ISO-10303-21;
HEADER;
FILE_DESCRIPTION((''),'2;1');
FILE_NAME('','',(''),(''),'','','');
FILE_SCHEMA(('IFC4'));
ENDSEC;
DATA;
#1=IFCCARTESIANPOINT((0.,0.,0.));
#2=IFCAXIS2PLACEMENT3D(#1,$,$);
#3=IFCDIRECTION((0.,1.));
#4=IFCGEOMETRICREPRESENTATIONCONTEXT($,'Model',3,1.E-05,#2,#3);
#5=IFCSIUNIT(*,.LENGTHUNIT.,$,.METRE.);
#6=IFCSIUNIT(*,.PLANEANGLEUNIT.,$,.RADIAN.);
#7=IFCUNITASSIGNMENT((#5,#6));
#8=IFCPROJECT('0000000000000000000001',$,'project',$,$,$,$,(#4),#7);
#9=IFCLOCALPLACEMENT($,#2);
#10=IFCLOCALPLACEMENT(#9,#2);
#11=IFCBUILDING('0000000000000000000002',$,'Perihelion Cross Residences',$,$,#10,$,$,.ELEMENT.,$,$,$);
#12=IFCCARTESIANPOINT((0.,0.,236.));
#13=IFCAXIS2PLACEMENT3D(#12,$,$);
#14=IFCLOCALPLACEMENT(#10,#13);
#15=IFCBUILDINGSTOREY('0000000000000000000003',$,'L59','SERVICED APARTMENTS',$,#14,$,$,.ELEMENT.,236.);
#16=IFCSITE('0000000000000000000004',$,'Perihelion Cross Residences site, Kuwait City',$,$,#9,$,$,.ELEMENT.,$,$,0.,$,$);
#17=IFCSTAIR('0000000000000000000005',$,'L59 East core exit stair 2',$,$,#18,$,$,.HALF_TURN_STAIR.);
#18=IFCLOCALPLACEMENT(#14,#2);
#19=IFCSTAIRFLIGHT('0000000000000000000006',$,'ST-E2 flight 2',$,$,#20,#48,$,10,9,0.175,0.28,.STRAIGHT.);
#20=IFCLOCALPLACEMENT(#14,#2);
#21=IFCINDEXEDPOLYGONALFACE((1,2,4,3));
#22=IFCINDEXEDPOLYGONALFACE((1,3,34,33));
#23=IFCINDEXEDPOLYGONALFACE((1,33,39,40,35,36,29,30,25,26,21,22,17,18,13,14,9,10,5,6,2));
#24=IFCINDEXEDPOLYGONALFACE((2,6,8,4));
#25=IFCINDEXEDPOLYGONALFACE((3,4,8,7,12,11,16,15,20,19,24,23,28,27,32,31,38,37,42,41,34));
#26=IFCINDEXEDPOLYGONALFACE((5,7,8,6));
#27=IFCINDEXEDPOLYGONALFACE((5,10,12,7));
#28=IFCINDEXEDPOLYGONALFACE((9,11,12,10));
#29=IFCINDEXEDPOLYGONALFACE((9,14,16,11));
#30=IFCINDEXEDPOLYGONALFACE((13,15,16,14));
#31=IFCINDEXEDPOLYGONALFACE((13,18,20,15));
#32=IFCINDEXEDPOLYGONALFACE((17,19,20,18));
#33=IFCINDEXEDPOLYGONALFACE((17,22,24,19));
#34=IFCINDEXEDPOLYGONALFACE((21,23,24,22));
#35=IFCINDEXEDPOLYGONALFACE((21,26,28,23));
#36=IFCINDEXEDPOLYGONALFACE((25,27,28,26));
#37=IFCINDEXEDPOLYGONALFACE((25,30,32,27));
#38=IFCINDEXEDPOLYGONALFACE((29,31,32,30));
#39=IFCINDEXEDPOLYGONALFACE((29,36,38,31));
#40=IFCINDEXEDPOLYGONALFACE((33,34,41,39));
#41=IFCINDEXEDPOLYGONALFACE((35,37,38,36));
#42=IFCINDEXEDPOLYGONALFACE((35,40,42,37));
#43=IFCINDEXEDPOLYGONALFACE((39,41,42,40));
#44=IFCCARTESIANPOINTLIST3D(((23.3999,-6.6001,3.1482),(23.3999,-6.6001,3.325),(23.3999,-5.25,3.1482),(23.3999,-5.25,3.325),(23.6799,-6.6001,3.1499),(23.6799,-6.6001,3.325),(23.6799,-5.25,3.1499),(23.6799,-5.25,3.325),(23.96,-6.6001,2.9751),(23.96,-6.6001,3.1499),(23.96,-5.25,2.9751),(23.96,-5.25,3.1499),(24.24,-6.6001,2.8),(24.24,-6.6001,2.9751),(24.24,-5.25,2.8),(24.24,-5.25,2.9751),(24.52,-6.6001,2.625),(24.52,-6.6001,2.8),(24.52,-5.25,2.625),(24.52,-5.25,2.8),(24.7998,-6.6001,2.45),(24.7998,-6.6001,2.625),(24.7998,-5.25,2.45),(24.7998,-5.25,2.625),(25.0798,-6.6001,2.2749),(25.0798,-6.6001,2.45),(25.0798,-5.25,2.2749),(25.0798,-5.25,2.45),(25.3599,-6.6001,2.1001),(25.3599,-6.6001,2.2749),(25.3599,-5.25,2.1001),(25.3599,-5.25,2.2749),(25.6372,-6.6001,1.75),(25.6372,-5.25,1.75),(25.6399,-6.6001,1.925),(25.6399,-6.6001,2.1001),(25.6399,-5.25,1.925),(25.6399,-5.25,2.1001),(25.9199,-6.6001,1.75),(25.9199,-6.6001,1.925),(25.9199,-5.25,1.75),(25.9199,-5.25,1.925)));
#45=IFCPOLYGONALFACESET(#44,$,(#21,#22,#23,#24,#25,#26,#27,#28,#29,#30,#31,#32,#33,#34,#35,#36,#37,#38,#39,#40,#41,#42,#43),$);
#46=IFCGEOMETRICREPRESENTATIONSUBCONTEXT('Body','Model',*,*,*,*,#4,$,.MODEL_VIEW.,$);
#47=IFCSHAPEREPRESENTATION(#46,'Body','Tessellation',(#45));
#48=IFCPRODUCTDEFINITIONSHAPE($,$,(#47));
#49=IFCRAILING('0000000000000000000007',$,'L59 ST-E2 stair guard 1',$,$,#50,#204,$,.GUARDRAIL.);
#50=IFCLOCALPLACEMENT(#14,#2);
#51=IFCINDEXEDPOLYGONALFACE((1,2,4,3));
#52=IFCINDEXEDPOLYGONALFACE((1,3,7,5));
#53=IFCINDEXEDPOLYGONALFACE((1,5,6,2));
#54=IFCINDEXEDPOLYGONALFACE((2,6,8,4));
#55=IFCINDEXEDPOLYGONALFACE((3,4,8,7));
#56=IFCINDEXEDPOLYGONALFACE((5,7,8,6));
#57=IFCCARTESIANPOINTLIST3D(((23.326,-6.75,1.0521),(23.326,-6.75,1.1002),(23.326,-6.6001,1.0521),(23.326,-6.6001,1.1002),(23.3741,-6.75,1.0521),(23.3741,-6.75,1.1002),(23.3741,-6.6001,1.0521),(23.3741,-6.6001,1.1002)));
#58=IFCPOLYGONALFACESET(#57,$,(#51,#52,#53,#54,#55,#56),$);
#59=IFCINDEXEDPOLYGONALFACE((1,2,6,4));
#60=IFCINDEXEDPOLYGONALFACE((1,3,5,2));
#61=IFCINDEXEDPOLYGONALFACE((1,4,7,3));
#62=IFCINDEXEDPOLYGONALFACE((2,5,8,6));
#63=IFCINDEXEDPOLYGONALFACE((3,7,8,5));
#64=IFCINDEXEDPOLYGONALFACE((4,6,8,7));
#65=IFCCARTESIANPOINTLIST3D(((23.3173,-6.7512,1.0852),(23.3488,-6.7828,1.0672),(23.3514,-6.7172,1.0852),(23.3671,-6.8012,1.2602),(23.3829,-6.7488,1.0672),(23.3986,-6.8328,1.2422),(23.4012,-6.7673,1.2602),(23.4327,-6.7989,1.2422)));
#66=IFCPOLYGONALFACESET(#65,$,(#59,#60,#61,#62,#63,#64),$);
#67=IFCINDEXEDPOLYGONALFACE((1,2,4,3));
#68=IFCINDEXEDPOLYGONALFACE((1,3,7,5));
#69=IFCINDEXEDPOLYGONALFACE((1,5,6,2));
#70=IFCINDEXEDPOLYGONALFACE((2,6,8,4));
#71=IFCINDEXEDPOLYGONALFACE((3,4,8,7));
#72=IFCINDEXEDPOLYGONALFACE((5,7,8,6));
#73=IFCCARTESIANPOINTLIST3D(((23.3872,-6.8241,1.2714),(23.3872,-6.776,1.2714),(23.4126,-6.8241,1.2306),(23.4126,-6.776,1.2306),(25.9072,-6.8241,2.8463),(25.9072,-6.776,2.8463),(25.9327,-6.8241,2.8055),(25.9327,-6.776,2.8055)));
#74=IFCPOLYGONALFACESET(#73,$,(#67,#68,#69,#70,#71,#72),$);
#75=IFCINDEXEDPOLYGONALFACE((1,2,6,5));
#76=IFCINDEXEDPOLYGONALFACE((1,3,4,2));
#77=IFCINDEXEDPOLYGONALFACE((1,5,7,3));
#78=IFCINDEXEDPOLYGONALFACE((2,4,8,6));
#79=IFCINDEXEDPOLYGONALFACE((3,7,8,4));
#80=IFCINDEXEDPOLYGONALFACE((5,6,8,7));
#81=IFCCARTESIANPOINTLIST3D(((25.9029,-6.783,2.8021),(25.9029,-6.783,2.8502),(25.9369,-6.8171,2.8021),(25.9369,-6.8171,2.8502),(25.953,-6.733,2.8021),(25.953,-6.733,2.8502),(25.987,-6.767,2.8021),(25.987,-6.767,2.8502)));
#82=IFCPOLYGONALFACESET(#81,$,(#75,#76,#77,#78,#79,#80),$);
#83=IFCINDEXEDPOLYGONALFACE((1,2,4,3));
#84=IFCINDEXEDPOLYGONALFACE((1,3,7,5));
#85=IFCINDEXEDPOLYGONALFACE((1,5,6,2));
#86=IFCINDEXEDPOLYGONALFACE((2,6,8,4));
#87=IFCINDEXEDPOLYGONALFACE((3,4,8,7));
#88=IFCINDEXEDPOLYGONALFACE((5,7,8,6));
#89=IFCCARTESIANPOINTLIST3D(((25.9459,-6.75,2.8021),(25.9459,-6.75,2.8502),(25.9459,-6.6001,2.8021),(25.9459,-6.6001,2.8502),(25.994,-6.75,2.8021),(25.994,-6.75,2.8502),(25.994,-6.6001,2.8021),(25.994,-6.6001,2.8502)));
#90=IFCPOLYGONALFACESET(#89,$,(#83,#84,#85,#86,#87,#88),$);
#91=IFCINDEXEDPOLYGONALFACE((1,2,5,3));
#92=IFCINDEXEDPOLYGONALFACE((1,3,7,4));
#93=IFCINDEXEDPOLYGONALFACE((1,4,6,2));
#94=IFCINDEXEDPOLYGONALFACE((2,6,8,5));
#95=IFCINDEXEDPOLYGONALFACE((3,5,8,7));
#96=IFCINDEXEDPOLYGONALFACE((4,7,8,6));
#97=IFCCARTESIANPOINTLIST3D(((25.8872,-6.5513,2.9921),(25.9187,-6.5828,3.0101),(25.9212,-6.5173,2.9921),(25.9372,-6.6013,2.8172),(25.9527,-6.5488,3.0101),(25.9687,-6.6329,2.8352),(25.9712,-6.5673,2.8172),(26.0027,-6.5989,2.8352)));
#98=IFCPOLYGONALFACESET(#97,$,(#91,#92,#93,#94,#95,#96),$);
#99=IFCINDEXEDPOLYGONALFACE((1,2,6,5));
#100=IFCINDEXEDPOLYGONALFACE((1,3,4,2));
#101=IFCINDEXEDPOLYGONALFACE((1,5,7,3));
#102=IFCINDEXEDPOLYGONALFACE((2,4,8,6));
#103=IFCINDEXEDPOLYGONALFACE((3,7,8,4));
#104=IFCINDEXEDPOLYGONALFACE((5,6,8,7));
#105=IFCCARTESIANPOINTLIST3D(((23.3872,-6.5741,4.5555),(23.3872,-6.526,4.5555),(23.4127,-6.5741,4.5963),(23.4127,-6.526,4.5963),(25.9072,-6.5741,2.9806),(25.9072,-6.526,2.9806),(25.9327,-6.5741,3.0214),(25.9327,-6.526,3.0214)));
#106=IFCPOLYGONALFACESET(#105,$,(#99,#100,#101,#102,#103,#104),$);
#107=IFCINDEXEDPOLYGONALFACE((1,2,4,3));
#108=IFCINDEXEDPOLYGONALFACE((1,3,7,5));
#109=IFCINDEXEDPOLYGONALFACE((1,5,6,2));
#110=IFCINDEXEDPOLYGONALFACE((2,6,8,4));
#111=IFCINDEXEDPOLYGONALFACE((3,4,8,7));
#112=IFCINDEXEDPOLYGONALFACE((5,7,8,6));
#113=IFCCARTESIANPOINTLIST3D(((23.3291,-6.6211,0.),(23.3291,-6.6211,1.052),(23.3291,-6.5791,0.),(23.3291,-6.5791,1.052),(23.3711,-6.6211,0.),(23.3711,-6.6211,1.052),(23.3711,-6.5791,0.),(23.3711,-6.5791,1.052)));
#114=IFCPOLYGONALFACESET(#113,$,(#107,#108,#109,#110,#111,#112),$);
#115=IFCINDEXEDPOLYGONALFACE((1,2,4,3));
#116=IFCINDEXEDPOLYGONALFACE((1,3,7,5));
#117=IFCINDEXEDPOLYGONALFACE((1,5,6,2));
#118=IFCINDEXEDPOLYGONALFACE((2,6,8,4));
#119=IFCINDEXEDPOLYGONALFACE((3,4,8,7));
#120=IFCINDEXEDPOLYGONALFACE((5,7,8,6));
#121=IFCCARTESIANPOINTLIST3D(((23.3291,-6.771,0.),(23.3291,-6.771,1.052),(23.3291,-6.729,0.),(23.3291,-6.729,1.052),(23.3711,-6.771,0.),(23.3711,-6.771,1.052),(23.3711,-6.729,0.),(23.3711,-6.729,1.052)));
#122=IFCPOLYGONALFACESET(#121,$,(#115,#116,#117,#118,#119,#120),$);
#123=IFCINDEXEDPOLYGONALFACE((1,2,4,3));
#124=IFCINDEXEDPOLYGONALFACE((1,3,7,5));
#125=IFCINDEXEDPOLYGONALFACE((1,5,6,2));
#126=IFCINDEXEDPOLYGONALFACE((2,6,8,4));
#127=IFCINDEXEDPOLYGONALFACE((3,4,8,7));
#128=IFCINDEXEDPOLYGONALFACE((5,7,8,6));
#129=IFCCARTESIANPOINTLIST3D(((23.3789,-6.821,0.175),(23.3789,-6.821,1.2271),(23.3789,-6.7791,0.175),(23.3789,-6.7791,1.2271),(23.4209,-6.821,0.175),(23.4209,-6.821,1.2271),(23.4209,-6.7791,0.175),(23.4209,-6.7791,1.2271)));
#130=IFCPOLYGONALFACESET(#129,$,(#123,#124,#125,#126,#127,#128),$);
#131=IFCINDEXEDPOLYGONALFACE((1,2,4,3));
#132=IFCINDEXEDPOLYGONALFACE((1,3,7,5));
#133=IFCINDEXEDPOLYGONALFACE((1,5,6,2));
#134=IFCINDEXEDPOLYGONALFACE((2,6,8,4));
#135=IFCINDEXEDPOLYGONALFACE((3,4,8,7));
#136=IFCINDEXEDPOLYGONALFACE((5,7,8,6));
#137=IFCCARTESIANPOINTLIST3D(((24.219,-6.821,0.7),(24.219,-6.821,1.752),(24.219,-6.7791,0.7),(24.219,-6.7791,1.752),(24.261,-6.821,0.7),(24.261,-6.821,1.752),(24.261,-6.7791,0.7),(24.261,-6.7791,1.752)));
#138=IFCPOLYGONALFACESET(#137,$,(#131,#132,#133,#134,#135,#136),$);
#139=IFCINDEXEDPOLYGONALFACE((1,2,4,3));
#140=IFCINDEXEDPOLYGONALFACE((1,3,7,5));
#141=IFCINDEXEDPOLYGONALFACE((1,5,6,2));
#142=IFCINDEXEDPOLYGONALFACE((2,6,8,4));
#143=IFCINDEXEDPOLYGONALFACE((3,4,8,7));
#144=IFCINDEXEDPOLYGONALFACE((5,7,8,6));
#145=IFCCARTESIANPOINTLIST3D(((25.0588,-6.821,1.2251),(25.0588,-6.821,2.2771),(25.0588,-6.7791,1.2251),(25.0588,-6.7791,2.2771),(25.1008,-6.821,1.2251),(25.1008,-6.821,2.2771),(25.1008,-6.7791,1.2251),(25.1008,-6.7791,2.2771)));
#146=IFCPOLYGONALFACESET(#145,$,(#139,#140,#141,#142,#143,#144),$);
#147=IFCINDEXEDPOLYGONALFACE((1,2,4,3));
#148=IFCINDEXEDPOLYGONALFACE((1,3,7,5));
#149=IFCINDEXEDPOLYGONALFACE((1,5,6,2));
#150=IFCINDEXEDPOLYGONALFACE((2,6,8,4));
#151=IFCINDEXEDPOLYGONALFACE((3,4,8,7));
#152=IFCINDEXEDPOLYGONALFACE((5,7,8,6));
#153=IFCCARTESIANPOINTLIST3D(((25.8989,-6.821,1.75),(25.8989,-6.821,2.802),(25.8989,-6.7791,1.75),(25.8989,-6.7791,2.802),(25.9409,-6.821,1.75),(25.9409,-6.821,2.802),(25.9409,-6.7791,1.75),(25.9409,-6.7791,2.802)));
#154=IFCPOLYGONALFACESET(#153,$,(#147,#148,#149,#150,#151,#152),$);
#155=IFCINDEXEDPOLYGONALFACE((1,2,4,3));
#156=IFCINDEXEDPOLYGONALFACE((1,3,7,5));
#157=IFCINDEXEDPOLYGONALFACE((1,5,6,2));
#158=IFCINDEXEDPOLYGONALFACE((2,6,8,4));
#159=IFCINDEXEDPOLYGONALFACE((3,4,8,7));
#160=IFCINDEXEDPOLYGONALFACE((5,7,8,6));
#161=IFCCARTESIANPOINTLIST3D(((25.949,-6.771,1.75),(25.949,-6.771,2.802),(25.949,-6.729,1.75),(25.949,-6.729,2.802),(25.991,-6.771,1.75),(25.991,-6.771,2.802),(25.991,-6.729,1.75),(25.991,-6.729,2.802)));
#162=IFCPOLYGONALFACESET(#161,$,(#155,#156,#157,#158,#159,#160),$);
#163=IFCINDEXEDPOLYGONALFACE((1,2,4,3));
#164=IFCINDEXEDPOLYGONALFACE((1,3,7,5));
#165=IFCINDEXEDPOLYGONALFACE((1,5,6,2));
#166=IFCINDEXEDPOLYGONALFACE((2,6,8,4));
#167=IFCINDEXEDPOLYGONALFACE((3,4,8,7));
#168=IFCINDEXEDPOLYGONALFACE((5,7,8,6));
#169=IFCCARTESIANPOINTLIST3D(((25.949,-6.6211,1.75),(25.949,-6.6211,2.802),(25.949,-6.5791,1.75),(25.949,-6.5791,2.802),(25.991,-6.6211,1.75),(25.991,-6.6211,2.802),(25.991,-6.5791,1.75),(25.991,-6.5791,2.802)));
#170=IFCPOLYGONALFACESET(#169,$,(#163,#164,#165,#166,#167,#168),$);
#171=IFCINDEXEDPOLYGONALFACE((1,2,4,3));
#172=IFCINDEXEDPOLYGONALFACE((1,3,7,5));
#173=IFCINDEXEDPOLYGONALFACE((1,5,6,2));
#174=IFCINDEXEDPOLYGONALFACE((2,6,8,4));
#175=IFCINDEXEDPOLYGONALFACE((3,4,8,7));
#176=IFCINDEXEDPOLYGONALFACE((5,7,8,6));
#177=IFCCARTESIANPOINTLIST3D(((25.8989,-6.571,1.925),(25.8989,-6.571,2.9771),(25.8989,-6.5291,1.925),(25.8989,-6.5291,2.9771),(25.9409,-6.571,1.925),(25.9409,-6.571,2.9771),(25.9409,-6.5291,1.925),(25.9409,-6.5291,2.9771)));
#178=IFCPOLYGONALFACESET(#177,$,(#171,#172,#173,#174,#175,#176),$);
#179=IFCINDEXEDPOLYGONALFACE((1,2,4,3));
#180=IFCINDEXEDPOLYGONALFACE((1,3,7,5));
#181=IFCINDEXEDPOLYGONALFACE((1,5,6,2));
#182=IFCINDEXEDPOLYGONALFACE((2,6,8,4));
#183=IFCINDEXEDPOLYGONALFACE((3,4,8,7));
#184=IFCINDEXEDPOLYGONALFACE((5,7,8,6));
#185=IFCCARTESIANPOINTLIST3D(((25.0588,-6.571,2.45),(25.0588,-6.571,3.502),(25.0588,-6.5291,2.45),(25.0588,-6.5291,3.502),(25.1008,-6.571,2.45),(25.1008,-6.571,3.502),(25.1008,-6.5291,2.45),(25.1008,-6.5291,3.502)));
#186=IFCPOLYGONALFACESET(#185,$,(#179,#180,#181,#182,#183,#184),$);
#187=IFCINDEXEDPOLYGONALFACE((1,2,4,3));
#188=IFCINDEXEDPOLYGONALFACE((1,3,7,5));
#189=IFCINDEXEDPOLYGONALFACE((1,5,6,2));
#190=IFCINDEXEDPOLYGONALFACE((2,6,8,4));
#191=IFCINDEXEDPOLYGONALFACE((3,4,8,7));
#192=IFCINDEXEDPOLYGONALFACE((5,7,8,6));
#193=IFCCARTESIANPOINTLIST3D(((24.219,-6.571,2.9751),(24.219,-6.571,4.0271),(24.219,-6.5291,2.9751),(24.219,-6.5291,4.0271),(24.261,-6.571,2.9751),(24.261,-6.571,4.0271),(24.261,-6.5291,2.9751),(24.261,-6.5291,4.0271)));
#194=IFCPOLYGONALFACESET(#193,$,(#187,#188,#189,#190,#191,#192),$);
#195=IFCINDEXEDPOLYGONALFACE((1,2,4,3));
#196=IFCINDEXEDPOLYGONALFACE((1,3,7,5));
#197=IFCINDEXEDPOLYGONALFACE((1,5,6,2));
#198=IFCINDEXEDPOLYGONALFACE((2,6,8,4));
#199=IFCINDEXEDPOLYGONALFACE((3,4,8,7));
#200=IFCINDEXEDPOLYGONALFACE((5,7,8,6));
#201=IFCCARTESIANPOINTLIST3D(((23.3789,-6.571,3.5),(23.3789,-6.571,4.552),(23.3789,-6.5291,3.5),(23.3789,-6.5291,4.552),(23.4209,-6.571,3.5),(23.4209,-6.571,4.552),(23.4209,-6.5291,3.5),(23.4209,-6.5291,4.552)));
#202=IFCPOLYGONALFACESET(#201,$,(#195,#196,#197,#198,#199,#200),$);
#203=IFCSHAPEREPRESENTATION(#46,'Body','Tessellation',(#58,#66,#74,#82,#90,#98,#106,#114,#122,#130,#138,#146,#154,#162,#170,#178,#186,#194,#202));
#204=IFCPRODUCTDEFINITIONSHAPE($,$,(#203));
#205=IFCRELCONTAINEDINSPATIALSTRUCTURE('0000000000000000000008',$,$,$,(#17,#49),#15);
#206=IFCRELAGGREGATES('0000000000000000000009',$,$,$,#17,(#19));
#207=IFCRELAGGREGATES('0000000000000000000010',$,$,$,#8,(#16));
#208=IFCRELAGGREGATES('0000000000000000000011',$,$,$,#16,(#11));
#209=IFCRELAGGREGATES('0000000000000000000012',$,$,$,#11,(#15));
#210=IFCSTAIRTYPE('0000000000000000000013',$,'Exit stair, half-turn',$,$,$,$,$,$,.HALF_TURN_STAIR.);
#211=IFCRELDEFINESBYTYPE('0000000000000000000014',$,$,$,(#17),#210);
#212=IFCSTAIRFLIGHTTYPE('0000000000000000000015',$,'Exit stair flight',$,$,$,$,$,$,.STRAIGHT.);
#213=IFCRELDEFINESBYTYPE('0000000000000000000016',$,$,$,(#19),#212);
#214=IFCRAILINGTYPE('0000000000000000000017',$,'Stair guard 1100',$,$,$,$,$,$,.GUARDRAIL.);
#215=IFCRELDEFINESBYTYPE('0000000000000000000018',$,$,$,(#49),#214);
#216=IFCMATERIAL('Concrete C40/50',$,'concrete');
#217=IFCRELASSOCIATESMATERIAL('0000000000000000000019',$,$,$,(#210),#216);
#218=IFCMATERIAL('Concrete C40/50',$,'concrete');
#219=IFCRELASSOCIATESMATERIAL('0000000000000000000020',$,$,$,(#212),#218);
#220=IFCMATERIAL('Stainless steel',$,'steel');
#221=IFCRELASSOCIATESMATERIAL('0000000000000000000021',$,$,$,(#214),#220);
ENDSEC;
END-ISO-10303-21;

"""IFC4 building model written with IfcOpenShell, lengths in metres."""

from ifc_helpers import new_model, si_unit, direction, frame, origin, origin_2d, place, context, subcontext, project, spatial, polyline, rectangle, outline, extrude, material, type_object, element, aggregate, save


model = new_model("IFC4")

# Units and contexts
model_context = context("Model", 3, precision=1e-05, world=origin(), true_north=direction((0.0, 1.0)))
body_context = subcontext(model_context, "Body", "Model", "MODEL_VIEW")
ifc_project = project(units=[si_unit("LENGTHUNIT", "METRE"), si_unit("PLANEANGLEUNIT", "RADIAN")], contexts=[model_context])

# Site, building, storey
site_placement = place(None, origin())
site = spatial("IfcSite", under=ifc_project, at=site_placement, Name="Perihelion Cross Residences site, Kuwait City", CompositionType="ELEMENT", RefElevation=0.0)
building_placement = place(site_placement, origin())
building = spatial("IfcBuilding", under=site, at=building_placement, Name="Perihelion Cross Residences", CompositionType="ELEMENT")
storey_placement = place(building_placement, frame((0.0, 0.0, 236.0)))
storey = spatial("IfcBuildingStorey", under=building, at=storey_placement, Name="L59", Description="SERVICED APARTMENTS", CompositionType="ELEMENT", Elevation=236.0)

# Stair, stair flight
ifc_material_1 = material(Name="Concrete C40/50", Category="concrete")
stair_type = type_object("IfcStairType", Name="Exit stair, half-turn", PredefinedType="HALF_TURN_STAIR", material=ifc_material_1)
stair_placement = place(storey_placement, origin())
stair = element("IfcStair", 1, at=stair_placement, inside=storey, type_object=stair_type, Name="L59 East core exit stair 2", PredefinedType="HALF_TURN_STAIR")
ifc_material_2 = material(Name="Concrete C40/50", Category="concrete")
stair_flight_type = type_object("IfcStairFlightType", Name="Exit stair flight", PredefinedType="STRAIGHT", material=ifc_material_2)
stair_flight_1_placement = place(storey_placement, frame((25.9199, -5.925, 1.75), z_axis=(0.0, 0.0, 1.0), x_axis=(-1.0, 0.0, 0.0)))
stair_flight_1 = element("IfcStairFlight", 2, at=stair_flight_1_placement, type_object=stair_flight_type, Name="ST-E2 flight 2", NumberOfRisers=10, NumberOfTreads=9, PredefinedType="STRAIGHT", RiserHeight=0.175, TreadLength=0.28, context=body_context, shape_type="SweptSolid", body=[
    extrude(outline(polyline([(0.0, 0.0), (0.0, 0.175), (0.28, 0.175), (0.28, 0.3501), (0.5601, 0.3501), (0.5601, 0.5249), (0.8401, 0.5249), (0.8401, 0.7), (1.1201, 0.7), (1.1201, 0.875), (1.3999, 0.875), (1.3999, 1.05), (1.6799, 1.05), (1.6799, 1.2251), (1.96, 1.2251), (1.96, 1.3999), (2.24, 1.3999), (2.24, 1.575), (2.52, 1.575), (2.52, 1.75), (2.52, 1.3982), (0.2827, 0.0), (0.0, 0.0)])), frame((0.0, 0.675, 0.0), z_axis=(0.0, -1.0, 0.0), x_axis=(1.0, 0.0, 0.0)), (0.0, 0.0, 1.0), 1.3501),
])
aggregate(stair, [stair_flight_1])

# Railing
ifc_material_3 = material(Name="Stainless steel", Category="steel")
railing_type_1 = type_object("IfcRailingType", Name="Stair guard 1100", PredefinedType="GUARDRAIL", material=ifc_material_3)
railing_1_placement = place(storey_placement, frame((23.3501, -6.6001, 0.0)))
element("IfcRailing", 3, at=railing_1_placement, inside=storey, type_object=railing_type_1, Name="L59 ST-E2 stair guard 1", PredefinedType="GUARDRAIL", context=body_context, shape_type="SweptSolid", body=[
    extrude(rectangle(XDim=0.0481, YDim=0.0481, at=origin_2d()), frame((0.0, 0.0, 1.0762), z_axis=(0.0, -1.0, 0.0), x_axis=(1.0, 0.0, 0.0)), (0.0, 0.0, 1.0), 0.1499),
    extrude(rectangle(XDim=0.0481, YDim=0.0481, at=origin_2d()), frame((0.0, -0.1499, 1.0762), z_axis=(0.263862, -0.265156, 0.927399), x_axis=(0.708834, 0.705376, 0.0)), (0.0, 0.0, 1.0), 0.1887),
    extrude(rectangle(XDim=0.0481, YDim=0.0481, at=origin_2d()), frame((0.0498, -0.2, 1.251), z_axis=(0.848008, 0.0, 0.529984), x_axis=(0.0, 1.0, 0.0)), (0.0, 0.0, 1.0), 2.9717),
    extrude(rectangle(XDim=0.0481, YDim=0.0481, at=origin_2d()), frame((2.5698, -0.2, 2.8262), z_axis=(0.707107, 0.707107, 0.0), x_axis=(-0.707107, 0.707107, 0.0)), (0.0, 0.0, 1.0), 0.0708),
    extrude(rectangle(XDim=0.0481, YDim=0.0481, at=origin_2d()), frame((2.6199, -0.1499, 2.8262), z_axis=(0.0, 1.0, 0.0), x_axis=(-1.0, 0.0, 0.0)), (0.0, 0.0, 1.0), 0.1499),
    extrude(rectangle(XDim=0.0481, YDim=0.0481, at=origin_2d()), frame((2.6199, 0.0, 2.8262), z_axis=(-0.265065, 0.265065, 0.927082), x_axis=(-0.707107, -0.707107, 0.0)), (0.0, 0.0, 1.0), 0.1887),
    extrude(rectangle(XDim=0.0481, YDim=0.0481, at=origin_2d()), frame((2.5698, 0.05, 3.001), z_axis=(-0.848008, 0.0, 0.529984), x_axis=(0.0, -1.0, 0.0)), (0.0, 0.0, 1.0), 2.9717),
    extrude(rectangle(XDim=0.042, YDim=0.042, at=origin_2d()), origin(), (0.0, 0.0, 1.0), 1.052),
    extrude(rectangle(XDim=0.042, YDim=0.042, at=origin_2d()), frame((0.0, -0.1499, 0.0)), (0.0, 0.0, 1.0), 1.052),
    extrude(rectangle(XDim=0.042, YDim=0.042, at=origin_2d()), frame((0.0498, -0.2, 0.175)), (0.0, 0.0, 1.0), 1.052),
    extrude(rectangle(XDim=0.042, YDim=0.042, at=origin_2d()), frame((0.8899, -0.2, 0.7)), (0.0, 0.0, 1.0), 1.052),
    extrude(rectangle(XDim=0.042, YDim=0.042, at=origin_2d()), frame((1.7297, -0.2, 1.2251)), (0.0, 0.0, 1.0), 1.052),
    extrude(rectangle(XDim=0.042, YDim=0.042, at=origin_2d()), frame((2.5698, -0.2, 1.75)), (0.0, 0.0, 1.0), 1.052),
    extrude(rectangle(XDim=0.042, YDim=0.042, at=origin_2d()), frame((2.6199, -0.1499, 1.75)), (0.0, 0.0, 1.0), 1.052),
    extrude(rectangle(XDim=0.042, YDim=0.042, at=origin_2d()), frame((2.6199, 0.0, 1.75)), (0.0, 0.0, 1.0), 1.052),
    extrude(rectangle(XDim=0.042, YDim=0.042, at=origin_2d()), frame((2.5698, 0.05, 1.925)), (0.0, 0.0, 1.0), 1.052),
    extrude(rectangle(XDim=0.042, YDim=0.042, at=origin_2d()), frame((1.7297, 0.05, 2.45)), (0.0, 0.0, 1.0), 1.052),
    extrude(rectangle(XDim=0.042, YDim=0.042, at=origin_2d()), frame((0.8899, 0.05, 2.9751)), (0.0, 0.0, 1.0), 1.052),
    extrude(rectangle(XDim=0.042, YDim=0.042, at=origin_2d()), frame((0.0498, 0.05, 3.5)), (0.0, 0.0, 1.0), 1.052),
])

save(model, "model.ifc")
